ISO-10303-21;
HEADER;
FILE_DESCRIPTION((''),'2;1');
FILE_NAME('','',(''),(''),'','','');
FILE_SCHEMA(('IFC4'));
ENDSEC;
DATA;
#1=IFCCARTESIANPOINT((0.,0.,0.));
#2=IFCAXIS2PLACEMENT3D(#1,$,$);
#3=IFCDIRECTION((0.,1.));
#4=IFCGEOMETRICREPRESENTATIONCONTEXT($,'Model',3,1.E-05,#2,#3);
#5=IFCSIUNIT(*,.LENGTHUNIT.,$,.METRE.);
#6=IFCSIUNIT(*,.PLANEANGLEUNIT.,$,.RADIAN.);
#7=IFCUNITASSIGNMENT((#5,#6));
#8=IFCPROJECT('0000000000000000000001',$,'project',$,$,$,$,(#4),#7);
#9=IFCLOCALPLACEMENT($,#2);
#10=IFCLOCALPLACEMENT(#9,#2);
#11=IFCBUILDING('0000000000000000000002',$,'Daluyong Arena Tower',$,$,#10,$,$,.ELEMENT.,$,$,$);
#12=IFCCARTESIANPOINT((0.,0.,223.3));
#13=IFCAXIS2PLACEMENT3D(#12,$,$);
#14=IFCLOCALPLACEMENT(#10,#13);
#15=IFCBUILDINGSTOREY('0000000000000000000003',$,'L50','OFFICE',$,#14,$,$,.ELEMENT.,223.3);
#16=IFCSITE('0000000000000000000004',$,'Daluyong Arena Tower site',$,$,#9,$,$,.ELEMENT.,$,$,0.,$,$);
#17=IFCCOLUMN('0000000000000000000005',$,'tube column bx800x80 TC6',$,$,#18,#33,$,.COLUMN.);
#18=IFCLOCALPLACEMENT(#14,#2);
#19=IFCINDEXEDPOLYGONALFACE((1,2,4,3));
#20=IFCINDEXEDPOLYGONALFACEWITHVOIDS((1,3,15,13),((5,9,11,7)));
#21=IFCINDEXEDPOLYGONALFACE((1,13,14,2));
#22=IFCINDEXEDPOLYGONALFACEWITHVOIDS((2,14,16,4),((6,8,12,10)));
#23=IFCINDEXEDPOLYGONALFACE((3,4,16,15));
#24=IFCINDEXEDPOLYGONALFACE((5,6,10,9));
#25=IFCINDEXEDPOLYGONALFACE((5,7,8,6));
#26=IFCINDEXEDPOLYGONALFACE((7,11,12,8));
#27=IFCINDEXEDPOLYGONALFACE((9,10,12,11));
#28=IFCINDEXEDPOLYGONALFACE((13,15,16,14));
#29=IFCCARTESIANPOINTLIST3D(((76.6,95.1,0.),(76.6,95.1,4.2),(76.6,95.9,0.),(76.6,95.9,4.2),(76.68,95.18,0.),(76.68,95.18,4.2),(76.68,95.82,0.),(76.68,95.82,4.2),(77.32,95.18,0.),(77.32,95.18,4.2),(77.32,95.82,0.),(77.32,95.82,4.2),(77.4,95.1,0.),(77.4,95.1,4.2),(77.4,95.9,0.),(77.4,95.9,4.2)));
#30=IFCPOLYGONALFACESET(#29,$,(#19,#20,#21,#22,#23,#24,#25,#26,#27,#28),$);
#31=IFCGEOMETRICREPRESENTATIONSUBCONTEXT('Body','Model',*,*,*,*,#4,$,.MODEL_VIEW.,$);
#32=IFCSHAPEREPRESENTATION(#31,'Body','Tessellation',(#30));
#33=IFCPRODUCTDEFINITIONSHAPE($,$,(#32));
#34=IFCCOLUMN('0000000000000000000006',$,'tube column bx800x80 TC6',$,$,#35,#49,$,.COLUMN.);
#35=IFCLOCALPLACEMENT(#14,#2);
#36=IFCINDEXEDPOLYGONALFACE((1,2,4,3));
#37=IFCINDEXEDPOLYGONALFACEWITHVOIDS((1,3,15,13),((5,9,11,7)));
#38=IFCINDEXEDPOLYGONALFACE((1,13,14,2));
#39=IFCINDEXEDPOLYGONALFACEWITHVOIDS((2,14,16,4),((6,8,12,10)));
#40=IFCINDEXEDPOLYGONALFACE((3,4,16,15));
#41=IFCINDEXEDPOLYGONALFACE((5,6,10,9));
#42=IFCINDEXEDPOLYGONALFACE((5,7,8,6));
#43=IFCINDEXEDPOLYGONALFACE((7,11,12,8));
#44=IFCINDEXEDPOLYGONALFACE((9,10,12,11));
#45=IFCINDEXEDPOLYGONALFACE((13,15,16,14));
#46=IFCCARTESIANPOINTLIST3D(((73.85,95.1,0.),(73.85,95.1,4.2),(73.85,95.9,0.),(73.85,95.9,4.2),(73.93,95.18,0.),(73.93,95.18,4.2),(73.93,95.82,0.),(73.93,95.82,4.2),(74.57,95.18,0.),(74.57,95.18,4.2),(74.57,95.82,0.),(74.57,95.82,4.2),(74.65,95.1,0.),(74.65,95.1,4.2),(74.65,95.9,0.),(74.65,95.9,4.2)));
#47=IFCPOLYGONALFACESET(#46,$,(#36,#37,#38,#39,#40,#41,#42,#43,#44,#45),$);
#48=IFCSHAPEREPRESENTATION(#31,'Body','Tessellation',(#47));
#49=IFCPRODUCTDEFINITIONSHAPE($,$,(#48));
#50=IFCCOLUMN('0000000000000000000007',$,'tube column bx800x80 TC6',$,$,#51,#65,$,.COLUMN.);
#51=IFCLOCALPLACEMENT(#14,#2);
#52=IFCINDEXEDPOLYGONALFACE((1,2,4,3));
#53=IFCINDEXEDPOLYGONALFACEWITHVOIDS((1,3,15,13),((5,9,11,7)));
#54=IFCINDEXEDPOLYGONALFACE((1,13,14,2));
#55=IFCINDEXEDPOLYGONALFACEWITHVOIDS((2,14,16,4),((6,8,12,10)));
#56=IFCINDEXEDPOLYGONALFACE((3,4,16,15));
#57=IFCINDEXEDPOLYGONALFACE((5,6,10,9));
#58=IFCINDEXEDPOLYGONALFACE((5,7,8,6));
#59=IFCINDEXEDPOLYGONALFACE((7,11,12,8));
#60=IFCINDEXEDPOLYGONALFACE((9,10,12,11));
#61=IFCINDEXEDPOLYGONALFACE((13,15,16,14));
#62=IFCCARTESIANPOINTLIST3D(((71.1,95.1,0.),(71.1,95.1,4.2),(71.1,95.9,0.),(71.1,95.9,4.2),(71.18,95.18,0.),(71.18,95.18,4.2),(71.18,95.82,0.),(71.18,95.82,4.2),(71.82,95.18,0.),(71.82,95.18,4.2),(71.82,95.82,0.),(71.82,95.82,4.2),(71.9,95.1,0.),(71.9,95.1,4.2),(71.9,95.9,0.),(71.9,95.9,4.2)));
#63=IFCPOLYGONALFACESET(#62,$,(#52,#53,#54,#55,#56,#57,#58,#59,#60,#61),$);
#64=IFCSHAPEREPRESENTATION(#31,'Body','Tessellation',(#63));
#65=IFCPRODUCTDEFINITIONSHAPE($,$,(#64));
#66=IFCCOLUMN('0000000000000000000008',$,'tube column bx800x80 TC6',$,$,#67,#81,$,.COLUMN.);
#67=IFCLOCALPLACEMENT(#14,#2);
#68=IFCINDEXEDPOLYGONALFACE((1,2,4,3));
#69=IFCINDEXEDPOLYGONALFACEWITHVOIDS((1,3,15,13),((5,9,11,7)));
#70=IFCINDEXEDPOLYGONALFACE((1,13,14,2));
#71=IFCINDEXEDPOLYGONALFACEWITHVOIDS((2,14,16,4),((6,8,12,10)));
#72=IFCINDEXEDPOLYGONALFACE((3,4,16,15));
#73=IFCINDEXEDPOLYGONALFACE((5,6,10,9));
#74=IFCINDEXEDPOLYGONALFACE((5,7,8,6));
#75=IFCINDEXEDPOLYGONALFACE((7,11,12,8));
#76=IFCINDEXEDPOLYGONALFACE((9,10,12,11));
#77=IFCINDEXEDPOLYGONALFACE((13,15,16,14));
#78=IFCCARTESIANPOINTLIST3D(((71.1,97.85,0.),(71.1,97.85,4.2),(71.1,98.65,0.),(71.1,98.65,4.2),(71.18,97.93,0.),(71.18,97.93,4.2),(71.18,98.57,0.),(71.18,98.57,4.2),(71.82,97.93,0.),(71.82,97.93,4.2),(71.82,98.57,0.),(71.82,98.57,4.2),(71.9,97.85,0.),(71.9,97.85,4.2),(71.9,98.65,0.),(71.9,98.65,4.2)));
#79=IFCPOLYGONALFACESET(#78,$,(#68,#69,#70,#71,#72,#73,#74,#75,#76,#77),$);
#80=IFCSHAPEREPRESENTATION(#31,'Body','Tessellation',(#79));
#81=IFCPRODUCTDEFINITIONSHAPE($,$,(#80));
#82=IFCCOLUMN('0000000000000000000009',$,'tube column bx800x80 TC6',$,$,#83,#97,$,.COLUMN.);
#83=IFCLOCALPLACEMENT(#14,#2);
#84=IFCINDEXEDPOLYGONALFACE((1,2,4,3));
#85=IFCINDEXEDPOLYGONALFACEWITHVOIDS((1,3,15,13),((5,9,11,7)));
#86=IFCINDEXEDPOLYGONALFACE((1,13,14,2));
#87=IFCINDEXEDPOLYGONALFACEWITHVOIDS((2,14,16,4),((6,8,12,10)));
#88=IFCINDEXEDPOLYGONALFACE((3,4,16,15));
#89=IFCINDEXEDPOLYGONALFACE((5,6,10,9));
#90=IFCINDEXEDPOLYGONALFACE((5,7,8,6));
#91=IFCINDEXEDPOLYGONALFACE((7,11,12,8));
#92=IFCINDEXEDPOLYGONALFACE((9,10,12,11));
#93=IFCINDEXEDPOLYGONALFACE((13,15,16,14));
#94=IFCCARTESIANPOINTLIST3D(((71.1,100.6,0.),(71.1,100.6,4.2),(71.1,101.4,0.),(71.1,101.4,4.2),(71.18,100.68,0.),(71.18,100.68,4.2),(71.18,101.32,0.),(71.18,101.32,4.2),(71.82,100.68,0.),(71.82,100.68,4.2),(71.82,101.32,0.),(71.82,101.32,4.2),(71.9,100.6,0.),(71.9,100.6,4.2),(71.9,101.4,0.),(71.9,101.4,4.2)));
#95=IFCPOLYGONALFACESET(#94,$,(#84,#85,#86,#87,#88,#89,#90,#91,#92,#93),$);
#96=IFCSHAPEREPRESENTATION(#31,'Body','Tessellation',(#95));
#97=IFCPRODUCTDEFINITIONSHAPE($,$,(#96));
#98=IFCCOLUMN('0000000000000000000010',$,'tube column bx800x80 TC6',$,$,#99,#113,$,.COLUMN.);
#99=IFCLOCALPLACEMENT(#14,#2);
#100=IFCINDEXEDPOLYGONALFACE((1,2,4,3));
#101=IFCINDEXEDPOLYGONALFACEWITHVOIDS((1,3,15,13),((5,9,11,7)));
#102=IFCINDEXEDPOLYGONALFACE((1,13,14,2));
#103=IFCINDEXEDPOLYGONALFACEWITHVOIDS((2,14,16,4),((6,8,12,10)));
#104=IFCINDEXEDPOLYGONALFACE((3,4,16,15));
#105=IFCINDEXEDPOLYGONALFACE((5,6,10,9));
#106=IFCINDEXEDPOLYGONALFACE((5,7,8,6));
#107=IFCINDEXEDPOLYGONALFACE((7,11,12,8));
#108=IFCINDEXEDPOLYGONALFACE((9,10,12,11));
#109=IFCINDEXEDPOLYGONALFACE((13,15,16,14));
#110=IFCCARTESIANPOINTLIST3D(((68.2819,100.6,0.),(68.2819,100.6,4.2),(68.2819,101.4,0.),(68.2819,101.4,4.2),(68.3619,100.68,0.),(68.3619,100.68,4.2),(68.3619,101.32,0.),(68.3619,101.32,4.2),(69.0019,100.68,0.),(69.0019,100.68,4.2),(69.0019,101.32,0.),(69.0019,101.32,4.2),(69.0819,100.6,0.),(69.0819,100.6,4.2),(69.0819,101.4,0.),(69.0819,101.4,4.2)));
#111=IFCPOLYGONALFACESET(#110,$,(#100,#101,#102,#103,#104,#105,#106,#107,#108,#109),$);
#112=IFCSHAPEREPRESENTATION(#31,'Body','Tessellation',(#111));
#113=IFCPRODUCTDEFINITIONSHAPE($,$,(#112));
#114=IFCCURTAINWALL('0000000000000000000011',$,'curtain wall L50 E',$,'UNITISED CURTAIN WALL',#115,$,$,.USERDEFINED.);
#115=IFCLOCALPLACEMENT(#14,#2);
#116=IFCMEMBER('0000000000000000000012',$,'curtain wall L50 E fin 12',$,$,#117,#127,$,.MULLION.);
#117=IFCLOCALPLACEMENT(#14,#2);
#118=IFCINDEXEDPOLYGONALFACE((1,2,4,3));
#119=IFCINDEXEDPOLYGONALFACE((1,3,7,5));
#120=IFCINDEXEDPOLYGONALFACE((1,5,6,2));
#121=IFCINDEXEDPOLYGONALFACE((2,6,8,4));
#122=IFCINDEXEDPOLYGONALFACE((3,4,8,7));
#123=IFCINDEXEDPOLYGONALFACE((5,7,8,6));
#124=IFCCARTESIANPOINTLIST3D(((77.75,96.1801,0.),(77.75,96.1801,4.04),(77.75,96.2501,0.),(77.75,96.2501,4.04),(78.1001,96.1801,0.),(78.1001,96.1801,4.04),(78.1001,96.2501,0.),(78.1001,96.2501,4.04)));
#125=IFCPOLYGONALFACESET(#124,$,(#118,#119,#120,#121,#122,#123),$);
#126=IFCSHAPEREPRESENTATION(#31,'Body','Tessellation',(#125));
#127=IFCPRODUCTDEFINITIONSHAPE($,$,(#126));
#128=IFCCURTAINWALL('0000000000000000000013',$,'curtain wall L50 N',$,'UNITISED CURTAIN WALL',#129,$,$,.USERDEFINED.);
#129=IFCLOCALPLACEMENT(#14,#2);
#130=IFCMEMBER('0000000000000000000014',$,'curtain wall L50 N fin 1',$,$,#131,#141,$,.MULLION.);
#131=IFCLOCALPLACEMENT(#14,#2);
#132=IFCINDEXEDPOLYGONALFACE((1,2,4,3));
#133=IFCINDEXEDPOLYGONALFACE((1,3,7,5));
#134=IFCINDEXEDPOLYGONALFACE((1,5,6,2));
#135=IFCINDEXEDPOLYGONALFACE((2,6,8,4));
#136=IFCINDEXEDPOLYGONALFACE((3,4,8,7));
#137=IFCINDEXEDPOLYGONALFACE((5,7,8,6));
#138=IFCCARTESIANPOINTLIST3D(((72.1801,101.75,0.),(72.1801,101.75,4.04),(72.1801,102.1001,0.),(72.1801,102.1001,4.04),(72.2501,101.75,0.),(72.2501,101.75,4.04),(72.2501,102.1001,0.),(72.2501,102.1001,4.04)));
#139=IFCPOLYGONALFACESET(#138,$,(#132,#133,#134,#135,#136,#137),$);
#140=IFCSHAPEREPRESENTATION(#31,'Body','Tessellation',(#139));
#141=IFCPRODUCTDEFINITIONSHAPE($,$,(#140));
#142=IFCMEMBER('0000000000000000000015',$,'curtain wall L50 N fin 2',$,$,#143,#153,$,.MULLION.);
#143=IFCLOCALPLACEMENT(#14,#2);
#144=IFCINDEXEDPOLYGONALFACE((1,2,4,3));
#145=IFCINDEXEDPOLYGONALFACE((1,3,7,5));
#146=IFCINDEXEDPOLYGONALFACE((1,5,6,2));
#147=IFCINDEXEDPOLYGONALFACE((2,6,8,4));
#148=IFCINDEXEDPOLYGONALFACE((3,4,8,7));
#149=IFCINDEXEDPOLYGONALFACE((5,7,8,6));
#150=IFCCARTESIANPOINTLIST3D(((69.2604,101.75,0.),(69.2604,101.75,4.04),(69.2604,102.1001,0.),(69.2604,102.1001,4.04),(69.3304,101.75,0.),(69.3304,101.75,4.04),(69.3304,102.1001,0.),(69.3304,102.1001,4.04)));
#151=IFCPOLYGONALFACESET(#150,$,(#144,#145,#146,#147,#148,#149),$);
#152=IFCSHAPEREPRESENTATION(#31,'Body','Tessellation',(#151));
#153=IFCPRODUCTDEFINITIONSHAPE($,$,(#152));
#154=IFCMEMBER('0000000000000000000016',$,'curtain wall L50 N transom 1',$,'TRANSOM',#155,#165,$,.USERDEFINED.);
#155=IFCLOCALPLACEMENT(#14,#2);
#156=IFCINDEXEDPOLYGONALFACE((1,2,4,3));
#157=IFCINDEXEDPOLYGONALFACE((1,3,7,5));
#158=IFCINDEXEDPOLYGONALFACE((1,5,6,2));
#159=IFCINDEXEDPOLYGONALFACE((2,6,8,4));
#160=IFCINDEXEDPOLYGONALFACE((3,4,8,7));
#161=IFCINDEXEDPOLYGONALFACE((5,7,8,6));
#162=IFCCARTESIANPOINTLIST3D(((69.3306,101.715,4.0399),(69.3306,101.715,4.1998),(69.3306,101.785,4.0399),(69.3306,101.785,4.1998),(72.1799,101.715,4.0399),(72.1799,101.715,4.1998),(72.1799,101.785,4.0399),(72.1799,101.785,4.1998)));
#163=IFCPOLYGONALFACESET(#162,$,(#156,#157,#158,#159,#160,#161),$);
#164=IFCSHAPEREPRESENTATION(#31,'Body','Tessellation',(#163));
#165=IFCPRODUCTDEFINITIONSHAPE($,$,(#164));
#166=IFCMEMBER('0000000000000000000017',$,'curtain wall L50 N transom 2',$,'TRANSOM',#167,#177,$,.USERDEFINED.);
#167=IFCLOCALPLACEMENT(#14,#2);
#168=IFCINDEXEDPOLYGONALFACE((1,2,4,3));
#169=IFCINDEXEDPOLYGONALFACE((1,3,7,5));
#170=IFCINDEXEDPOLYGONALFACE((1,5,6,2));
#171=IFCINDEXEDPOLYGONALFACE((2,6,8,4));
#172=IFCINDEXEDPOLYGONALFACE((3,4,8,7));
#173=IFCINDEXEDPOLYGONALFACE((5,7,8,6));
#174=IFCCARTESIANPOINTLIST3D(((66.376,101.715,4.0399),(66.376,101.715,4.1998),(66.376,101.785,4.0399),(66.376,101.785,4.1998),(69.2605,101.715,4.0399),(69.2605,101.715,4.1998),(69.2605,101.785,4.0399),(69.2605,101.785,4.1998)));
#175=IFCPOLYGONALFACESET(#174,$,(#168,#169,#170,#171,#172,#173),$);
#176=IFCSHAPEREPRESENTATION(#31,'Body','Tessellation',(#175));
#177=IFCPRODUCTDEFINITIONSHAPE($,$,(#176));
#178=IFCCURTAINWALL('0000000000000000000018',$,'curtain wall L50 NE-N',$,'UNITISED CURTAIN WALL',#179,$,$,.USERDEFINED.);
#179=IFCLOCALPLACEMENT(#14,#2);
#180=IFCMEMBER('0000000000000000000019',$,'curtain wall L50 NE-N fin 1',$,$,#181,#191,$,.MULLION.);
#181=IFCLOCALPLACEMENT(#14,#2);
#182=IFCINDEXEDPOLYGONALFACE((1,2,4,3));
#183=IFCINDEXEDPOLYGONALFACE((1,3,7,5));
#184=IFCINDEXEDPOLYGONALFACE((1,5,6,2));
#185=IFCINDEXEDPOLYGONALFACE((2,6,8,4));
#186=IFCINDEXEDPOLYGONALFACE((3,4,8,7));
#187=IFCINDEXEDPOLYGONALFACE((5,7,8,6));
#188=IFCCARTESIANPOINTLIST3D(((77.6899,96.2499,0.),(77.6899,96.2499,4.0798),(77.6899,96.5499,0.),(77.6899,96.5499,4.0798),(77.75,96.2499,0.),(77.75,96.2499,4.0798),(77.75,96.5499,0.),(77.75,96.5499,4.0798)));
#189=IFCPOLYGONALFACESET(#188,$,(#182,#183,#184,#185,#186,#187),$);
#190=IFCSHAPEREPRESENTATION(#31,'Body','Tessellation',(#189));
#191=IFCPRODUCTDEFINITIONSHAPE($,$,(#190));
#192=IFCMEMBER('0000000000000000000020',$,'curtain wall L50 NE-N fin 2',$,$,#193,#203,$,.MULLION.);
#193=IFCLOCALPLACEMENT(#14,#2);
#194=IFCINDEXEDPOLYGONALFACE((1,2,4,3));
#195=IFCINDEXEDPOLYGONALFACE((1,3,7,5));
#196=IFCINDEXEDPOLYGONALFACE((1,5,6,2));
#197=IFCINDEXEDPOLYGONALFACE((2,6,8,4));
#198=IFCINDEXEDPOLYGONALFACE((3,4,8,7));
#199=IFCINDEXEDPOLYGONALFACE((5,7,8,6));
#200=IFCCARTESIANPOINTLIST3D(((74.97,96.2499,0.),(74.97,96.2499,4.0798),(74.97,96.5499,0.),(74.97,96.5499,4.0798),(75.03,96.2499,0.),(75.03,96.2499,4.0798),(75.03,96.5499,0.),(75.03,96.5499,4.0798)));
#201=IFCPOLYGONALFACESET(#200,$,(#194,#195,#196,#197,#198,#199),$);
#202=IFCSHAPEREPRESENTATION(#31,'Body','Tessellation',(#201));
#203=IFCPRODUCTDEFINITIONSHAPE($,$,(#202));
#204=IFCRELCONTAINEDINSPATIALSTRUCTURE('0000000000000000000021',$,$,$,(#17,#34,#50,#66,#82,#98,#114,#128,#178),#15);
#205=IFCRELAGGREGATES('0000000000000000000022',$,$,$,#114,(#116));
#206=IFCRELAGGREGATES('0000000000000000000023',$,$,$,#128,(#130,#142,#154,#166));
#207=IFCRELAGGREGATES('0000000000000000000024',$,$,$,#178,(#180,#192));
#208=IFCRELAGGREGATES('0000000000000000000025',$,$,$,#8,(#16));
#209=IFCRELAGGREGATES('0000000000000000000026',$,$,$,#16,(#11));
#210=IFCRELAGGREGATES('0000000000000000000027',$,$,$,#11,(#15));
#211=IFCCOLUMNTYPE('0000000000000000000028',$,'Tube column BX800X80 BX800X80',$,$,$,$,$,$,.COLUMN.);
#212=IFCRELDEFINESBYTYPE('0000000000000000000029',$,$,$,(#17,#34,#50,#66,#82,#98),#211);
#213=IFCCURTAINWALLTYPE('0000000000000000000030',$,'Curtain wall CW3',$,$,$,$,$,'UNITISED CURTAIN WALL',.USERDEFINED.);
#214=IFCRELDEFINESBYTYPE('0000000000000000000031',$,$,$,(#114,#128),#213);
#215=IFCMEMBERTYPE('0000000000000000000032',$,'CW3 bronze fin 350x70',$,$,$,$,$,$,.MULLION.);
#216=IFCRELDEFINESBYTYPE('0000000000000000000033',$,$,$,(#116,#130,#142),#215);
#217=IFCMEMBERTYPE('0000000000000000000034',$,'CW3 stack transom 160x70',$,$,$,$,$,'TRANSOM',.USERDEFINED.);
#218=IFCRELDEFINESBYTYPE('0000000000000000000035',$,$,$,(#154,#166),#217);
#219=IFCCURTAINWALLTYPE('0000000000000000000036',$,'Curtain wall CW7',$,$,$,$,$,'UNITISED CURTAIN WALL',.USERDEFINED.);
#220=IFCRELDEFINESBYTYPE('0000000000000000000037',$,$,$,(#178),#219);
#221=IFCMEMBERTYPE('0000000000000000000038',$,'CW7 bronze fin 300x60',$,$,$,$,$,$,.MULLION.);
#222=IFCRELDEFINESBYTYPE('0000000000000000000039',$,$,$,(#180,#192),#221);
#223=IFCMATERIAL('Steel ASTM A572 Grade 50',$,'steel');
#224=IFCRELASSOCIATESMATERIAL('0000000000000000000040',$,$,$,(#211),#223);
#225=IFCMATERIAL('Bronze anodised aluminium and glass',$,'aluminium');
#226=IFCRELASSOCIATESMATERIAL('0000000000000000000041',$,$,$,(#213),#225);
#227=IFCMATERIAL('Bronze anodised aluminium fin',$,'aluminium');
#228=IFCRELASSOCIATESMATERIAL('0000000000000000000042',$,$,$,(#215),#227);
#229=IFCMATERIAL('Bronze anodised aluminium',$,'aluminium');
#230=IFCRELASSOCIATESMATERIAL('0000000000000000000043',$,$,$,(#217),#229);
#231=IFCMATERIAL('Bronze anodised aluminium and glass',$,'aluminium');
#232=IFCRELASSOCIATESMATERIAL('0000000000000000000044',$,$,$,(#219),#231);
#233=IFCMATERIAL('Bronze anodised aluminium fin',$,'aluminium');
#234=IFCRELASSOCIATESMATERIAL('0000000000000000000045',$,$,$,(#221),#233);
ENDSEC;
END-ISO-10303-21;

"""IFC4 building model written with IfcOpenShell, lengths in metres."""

from ifc_helpers import new_model, si_unit, direction, frame, origin, origin_2d, place, context, subcontext, project, spatial, rectangle, hollow_rectangle, extrude, material, material_profile, profile_set, type_object, element, aggregate, save


model = new_model("IFC4")

# Units and contexts
model_context = context("Model", 3, precision=1e-05, world=origin(), true_north=direction((0.0, 1.0)))
body_context = subcontext(model_context, "Body", "Model", "MODEL_VIEW")
ifc_project = project(units=[si_unit("LENGTHUNIT", "METRE"), si_unit("PLANEANGLEUNIT", "RADIAN")], contexts=[model_context])

# Site, building, storey
site_placement = place(None, origin())
site = spatial("IfcSite", under=ifc_project, at=site_placement, Name="Daluyong Arena Tower site", CompositionType="ELEMENT", RefElevation=0.0)
building_placement = place(site_placement, origin())
building = spatial("IfcBuilding", under=site, at=building_placement, Name="Daluyong Arena Tower", CompositionType="ELEMENT")
storey_placement = place(building_placement, frame((0.0, 0.0, 223.3)))
storey = spatial("IfcBuildingStorey", under=building, at=storey_placement, Name="L50", Description="OFFICE", CompositionType="ELEMENT", Elevation=223.3)

# Columns
ifc_material_1 = material(Name="Steel ASTM A572 Grade 50", Category="steel")
ifc_material_profile_1 = material_profile(ifc_material_1, hollow_rectangle(XDim=0.8, YDim=0.8, WallThickness=0.08, at=origin_2d()))
ifc_profile_set_1 = profile_set([ifc_material_profile_1], Name="Steel ASTM A572 Grade 50")
column_type = type_object("IfcColumnType", Name="Tube column BX800X80 BX800X80", PredefinedType="COLUMN", material=ifc_profile_set_1)
for number, where, z_axis, x_axis, name in (
    (1, (77.0, 95.5, 0.0), (0.0, 0.0, 1.0), (1.0, 0.0, 0.0), "tube column bx800x80 TC6"),
    (2, (74.25, 95.5, 0.0), (0.0, 0.0, 1.0), (1.0, 0.0, 0.0), "tube column bx800x80 TC6"),
    (3, (71.5, 95.5, 0.0), (0.0, 0.0, 1.0), (0.0, 1.0, 0.0), "tube column bx800x80 TC6"),
    (4, (71.5, 98.25, 0.0), (0.0, 0.0, 1.0), (0.0, 1.0, 0.0), "tube column bx800x80 TC6"),
    (5, (71.5, 101.0, 0.0), (0.0, 0.0, 1.0), (1.0, 0.0, 0.0), "tube column bx800x80 TC6"),
    (6, (68.6819, 101.0, 0.0), (0.0, 0.0, 1.0), (1.0, 0.0, 0.0), "tube column bx800x80 TC6"),
):
    element("IfcColumn", number, at=place(storey_placement, frame(where, z_axis=z_axis, x_axis=x_axis)), inside=storey, type_object=column_type, Name=name, PredefinedType="COLUMN", context=body_context, shape_type="SweptSolid", body=[
        extrude(hollow_rectangle(XDim=0.8, YDim=0.8, WallThickness=0.08, at=origin_2d()), origin(), (0.0, 0.0, 1.0), 4.2),
    ])

# Curtain wall, member
ifc_material_2 = material(Name="Bronze anodised aluminium and glass", Category="aluminium")
curtain_wall_type_1 = type_object("IfcCurtainWallType", Name="Curtain wall CW3", ElementType="UNITISED CURTAIN WALL", PredefinedType="USERDEFINED", material=ifc_material_2)
curtain_wall_1_placement = place(storey_placement, origin())
curtain_wall_1 = element("IfcCurtainWall", 7, at=curtain_wall_1_placement, inside=storey, type_object=curtain_wall_type_1, Name="curtain wall L50 E", ObjectType="UNITISED CURTAIN WALL", PredefinedType="USERDEFINED")
ifc_material_3 = material(Name="Bronze anodised aluminium fin", Category="aluminium")
ifc_material_profile_2 = material_profile(ifc_material_3, rectangle(XDim=0.3501, YDim=0.0701, at=origin_2d()))
ifc_profile_set_2 = profile_set([ifc_material_profile_2], Name="Bronze anodised aluminium fin")
member_type_1 = type_object("IfcMemberType", Name="CW3 bronze fin 350x70", PredefinedType="MULLION", material=ifc_profile_set_2)
member_1_placement = place(storey_placement, frame((77.925, 96.2151, 0.0), z_axis=(0.0, 0.0, 1.0), x_axis=(-1.0, 0.0, 0.0)))
member_1 = element("IfcMember", 8, at=member_1_placement, type_object=member_type_1, Name="curtain wall L50 E fin 12", PredefinedType="MULLION", context=body_context, shape_type="SweptSolid", body=[
    extrude(rectangle(XDim=0.3501, YDim=0.0701, at=origin_2d()), origin(), (0.0, 0.0, 1.0), 4.04),
])
aggregate(curtain_wall_1, [member_1])

# Curtain walls, members
curtain_wall_2_placement = place(storey_placement, origin())
curtain_wall_2 = element("IfcCurtainWall", 9, at=curtain_wall_2_placement, inside=storey, type_object=curtain_wall_type_1, Name="curtain wall L50 N", ObjectType="UNITISED CURTAIN WALL", PredefinedType="USERDEFINED")
member_2_placement = place(storey_placement, frame((72.2151, 101.925, 0.0), z_axis=(0.0, 0.0, 1.0), x_axis=(0.0, -1.0, 0.0)))
member_2 = element("IfcMember", 10, at=member_2_placement, type_object=member_type_1, Name="curtain wall L50 N fin 1", PredefinedType="MULLION", context=body_context, shape_type="SweptSolid", body=[
    extrude(rectangle(XDim=0.3501, YDim=0.0701, at=origin_2d()), origin(), (0.0, 0.0, 1.0), 4.04),
])
member_3_placement = place(storey_placement, frame((69.2954, 101.925, 0.0), z_axis=(0.0, 0.0, 1.0), x_axis=(0.0, -1.0, 0.0)))
member_3 = element("IfcMember", 11, at=member_3_placement, type_object=member_type_1, Name="curtain wall L50 N fin 2", PredefinedType="MULLION", context=body_context, shape_type="SweptSolid", body=[
    extrude(rectangle(XDim=0.3501, YDim=0.0701, at=origin_2d()), origin(), (0.0, 0.0, 1.0), 4.04),
])
ifc_material_4 = material(Name="Bronze anodised aluminium", Category="aluminium")
ifc_material_profile_3 = material_profile(ifc_material_4, rectangle(XDim=0.0701, YDim=0.1599, at=origin_2d()))
ifc_profile_set_3 = profile_set([ifc_material_profile_3], Name="Bronze anodised aluminium")
member_type_2 = type_object("IfcMemberType", Name="CW3 stack transom 160x70", ElementType="TRANSOM", PredefinedType="USERDEFINED", material=ifc_profile_set_3)
member_4_placement = place(storey_placement, frame((72.1799, 101.75, 4.1199), z_axis=(-1.0, 0.0, 0.0), x_axis=(0.0, -1.0, 0.0)))
member_4 = element("IfcMember", 12, at=member_4_placement, type_object=member_type_2, Name="curtain wall L50 N transom 1", ObjectType="TRANSOM", PredefinedType="USERDEFINED", context=body_context, shape_type="SweptSolid", body=[
    extrude(rectangle(XDim=0.0701, YDim=0.1599, at=origin_2d()), origin(), (0.0, 0.0, 1.0), 2.8494),
])
member_5_placement = place(storey_placement, frame((69.2605, 101.75, 4.1199), z_axis=(-1.0, 0.0, 0.0), x_axis=(0.0, -1.0, 0.0)))
member_5 = element("IfcMember", 13, at=member_5_placement, type_object=member_type_2, Name="curtain wall L50 N transom 2", ObjectType="TRANSOM", PredefinedType="USERDEFINED", context=body_context, shape_type="SweptSolid", body=[
    extrude(rectangle(XDim=0.0701, YDim=0.1599, at=origin_2d()), origin(), (0.0, 0.0, 1.0), 2.8845),
])
ifc_material_5 = material(Name="Bronze anodised aluminium and glass", Category="aluminium")
curtain_wall_type_2 = type_object("IfcCurtainWallType", Name="Curtain wall CW7", ElementType="UNITISED CURTAIN WALL", PredefinedType="USERDEFINED", material=ifc_material_5)
curtain_wall_3_placement = place(storey_placement, origin())
curtain_wall_3 = element("IfcCurtainWall", 14, at=curtain_wall_3_placement, inside=storey, type_object=curtain_wall_type_2, Name="curtain wall L50 NE-N", ObjectType="UNITISED CURTAIN WALL", PredefinedType="USERDEFINED")
ifc_material_6 = material(Name="Bronze anodised aluminium fin", Category="aluminium")
ifc_material_profile_4 = material_profile(ifc_material_6, rectangle(XDim=0.3, YDim=0.0601, at=origin_2d()))
ifc_profile_set_4 = profile_set([ifc_material_profile_4], Name="Bronze anodised aluminium fin")
member_type_3 = type_object("IfcMemberType", Name="CW7 bronze fin 300x60", PredefinedType="MULLION", material=ifc_profile_set_4)
member_6_placement = place(storey_placement, frame((77.72, 96.3999, 0.0), z_axis=(0.0, 0.0, 1.0), x_axis=(0.0, -1.0, 0.0)))
member_6 = element("IfcMember", 15, at=member_6_placement, type_object=member_type_3, Name="curtain wall L50 NE-N fin 1", PredefinedType="MULLION", context=body_context, shape_type="SweptSolid", body=[
    extrude(rectangle(XDim=0.3, YDim=0.0601, at=origin_2d()), origin(), (0.0, 0.0, 1.0), 4.0798),
])
member_7_placement = place(storey_placement, frame((75.0, 96.3999, 0.0), z_axis=(0.0, 0.0, 1.0), x_axis=(0.0, -1.0, 0.0)))
member_7 = element("IfcMember", 16, at=member_7_placement, type_object=member_type_3, Name="curtain wall L50 NE-N fin 2", PredefinedType="MULLION", context=body_context, shape_type="SweptSolid", body=[
    extrude(rectangle(XDim=0.3, YDim=0.0601, at=origin_2d()), origin(), (0.0, 0.0, 1.0), 4.0798),
])

aggregate(curtain_wall_2, [member_2, member_3, member_4, member_5])
aggregate(curtain_wall_3, [member_6, member_7])

save(model, "model.ifc")
